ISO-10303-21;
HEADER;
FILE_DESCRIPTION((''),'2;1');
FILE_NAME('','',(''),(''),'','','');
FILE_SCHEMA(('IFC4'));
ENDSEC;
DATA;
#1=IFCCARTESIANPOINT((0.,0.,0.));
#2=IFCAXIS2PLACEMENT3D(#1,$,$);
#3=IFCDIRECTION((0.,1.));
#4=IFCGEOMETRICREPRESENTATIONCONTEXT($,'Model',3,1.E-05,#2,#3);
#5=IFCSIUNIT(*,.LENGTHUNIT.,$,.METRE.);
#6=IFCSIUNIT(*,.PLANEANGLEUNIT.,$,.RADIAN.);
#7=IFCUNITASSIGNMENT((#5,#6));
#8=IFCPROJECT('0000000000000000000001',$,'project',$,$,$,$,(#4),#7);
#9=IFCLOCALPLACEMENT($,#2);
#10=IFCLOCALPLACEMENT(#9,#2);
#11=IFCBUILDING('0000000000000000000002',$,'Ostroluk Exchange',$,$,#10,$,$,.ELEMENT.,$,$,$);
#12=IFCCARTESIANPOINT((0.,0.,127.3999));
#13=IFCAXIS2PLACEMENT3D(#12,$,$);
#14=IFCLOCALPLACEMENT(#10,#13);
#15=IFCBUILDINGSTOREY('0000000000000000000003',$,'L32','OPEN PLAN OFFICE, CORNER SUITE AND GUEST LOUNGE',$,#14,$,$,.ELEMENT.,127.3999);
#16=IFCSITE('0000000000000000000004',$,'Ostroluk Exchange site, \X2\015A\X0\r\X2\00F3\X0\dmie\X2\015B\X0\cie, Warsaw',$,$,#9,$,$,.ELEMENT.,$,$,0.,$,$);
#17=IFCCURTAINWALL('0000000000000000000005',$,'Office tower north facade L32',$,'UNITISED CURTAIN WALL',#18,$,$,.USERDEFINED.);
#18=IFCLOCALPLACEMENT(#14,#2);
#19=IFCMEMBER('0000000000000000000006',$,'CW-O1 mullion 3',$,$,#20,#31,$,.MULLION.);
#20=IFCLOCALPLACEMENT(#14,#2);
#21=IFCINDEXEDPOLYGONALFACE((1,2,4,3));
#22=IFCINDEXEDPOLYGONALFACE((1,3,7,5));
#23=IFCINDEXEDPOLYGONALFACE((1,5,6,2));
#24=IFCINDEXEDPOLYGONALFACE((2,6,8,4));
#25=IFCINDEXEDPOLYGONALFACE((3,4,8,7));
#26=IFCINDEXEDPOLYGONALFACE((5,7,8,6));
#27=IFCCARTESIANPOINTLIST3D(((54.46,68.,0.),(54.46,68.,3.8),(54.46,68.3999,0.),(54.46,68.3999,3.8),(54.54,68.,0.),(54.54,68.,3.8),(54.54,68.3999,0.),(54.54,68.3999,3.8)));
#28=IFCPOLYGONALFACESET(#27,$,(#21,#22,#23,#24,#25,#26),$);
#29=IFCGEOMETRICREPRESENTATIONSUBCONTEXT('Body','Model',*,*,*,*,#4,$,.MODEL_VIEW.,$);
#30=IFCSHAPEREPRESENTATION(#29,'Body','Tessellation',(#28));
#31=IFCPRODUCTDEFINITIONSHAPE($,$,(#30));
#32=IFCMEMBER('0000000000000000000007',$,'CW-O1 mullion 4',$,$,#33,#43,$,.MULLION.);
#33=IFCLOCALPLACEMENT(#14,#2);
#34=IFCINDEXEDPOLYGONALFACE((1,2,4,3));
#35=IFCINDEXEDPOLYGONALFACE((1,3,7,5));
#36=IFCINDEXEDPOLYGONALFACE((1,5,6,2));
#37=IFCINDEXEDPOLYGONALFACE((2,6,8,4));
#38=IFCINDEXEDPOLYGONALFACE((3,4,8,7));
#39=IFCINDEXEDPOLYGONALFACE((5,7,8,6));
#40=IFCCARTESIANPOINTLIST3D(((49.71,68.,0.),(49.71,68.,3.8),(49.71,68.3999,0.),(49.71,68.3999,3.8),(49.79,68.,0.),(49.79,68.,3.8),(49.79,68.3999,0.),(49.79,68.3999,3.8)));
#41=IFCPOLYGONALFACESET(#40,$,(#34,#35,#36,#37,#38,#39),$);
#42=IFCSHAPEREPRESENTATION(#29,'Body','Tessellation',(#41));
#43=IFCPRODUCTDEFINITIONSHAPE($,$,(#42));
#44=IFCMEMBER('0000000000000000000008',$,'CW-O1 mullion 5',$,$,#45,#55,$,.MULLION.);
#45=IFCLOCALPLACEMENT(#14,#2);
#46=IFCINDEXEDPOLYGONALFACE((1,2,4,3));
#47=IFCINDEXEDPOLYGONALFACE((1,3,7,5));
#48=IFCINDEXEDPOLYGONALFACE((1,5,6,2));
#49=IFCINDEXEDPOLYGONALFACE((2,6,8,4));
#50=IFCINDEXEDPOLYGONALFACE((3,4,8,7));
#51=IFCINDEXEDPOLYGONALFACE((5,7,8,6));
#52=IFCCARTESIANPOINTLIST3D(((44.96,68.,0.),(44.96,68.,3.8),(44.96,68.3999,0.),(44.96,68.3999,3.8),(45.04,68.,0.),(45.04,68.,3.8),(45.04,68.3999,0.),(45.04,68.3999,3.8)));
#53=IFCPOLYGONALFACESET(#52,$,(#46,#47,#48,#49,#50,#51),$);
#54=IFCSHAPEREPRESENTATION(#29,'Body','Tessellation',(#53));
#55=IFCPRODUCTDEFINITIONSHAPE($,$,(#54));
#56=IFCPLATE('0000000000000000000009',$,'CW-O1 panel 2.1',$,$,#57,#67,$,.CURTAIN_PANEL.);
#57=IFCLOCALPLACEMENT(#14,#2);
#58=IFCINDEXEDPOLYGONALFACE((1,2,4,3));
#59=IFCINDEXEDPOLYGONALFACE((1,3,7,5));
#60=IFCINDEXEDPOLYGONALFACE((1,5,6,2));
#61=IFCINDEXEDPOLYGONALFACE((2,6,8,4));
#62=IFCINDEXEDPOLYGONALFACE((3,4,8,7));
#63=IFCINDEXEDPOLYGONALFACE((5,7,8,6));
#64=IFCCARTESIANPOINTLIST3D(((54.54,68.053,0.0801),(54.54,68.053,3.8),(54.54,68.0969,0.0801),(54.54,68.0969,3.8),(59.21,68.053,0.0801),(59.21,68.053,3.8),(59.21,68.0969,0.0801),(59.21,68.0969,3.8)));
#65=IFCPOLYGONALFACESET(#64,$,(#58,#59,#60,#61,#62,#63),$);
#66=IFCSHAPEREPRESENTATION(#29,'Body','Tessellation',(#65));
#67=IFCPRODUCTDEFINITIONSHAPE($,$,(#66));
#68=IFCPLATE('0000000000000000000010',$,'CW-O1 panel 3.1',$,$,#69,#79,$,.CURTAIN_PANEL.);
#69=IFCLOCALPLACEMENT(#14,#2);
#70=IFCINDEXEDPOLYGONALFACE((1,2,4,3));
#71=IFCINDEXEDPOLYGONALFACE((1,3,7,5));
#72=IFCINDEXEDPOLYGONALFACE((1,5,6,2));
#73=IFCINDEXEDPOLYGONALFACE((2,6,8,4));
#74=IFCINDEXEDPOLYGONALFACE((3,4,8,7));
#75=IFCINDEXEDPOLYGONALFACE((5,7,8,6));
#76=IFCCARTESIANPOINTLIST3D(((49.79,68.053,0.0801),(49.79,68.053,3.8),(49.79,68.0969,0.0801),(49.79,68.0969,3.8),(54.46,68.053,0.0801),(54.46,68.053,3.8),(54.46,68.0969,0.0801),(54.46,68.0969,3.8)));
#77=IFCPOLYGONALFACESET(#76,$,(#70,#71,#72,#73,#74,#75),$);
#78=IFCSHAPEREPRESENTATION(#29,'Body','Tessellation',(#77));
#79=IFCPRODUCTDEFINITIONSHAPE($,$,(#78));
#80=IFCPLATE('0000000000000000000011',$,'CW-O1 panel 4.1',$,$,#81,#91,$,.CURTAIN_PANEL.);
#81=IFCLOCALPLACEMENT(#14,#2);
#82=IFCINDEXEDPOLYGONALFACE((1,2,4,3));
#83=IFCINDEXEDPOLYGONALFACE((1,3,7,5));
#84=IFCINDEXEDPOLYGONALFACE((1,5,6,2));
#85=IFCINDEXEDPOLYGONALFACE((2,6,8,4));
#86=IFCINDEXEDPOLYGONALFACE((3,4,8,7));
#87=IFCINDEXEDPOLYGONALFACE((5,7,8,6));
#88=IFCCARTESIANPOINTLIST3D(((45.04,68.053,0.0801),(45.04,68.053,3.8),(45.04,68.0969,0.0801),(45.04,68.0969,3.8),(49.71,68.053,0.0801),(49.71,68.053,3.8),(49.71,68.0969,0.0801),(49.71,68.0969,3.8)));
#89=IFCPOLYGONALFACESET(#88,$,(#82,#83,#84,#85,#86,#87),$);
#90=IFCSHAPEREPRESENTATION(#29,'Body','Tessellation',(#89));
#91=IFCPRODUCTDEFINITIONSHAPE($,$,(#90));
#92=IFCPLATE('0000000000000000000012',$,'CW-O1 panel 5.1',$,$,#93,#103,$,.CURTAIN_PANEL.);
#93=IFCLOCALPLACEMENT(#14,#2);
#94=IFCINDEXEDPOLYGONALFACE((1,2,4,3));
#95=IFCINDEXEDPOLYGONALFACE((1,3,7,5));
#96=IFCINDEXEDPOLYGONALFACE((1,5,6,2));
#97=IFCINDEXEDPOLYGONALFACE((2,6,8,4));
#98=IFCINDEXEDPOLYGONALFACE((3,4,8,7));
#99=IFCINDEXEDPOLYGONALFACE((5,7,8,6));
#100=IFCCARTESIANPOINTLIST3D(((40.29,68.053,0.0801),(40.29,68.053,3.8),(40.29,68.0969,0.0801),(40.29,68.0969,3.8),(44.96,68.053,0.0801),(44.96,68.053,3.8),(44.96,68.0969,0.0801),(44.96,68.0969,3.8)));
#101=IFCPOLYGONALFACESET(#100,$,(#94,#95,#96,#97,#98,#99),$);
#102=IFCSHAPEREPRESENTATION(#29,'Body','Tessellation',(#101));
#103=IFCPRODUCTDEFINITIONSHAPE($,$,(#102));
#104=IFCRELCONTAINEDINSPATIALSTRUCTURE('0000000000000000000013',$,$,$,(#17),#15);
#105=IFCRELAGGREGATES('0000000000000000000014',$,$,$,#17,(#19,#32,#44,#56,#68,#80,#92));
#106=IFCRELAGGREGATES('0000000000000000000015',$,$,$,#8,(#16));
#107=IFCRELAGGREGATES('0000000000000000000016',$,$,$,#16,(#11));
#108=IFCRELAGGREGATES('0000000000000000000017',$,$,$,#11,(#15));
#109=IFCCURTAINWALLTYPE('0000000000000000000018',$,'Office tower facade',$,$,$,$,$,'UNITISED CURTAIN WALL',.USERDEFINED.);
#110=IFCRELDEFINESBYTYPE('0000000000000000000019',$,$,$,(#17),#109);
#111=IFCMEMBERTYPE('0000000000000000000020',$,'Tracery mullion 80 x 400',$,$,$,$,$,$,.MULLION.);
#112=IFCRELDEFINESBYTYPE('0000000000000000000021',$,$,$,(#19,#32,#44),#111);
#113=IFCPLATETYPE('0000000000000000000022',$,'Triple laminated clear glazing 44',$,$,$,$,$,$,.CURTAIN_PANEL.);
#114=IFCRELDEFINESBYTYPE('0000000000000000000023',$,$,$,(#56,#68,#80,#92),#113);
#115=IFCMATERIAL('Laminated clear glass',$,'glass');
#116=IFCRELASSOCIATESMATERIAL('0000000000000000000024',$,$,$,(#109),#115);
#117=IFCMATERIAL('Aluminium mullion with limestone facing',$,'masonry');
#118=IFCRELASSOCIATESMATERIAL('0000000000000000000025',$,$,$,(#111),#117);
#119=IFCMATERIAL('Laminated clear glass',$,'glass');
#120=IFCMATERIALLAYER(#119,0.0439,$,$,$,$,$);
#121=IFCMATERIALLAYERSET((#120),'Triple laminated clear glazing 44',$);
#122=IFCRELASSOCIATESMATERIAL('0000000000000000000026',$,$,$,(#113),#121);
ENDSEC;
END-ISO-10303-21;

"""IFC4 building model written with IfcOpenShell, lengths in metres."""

from ifc_helpers import new_model, si_unit, direction, frame, origin, origin_2d, place, context, subcontext, project, spatial, rectangle, extrude, material, layer, layer_set, material_profile, profile_set, type_object, element, aggregate, save


model = new_model("IFC4")

# Units and contexts
model_context = context("Model", 3, precision=1e-05, world=origin(), true_north=direction((0.0, 1.0)))
body_context = subcontext(model_context, "Body", "Model", "MODEL_VIEW")
ifc_project = project(units=[si_unit("LENGTHUNIT", "METRE"), si_unit("PLANEANGLEUNIT", "RADIAN")], contexts=[model_context])

# Site, building, storey
site_placement = place(None, origin())
site = spatial("IfcSite", under=ifc_project, at=site_placement, Name="Ostroluk Exchange site, Śródmieście, Warsaw", CompositionType="ELEMENT", RefElevation=0.0)
building_placement = place(site_placement, origin())
building = spatial("IfcBuilding", under=site, at=building_placement, Name="Ostroluk Exchange", CompositionType="ELEMENT")
storey_placement = place(building_placement, frame((0.0, 0.0, 127.3999)))
storey = spatial("IfcBuildingStorey", under=building, at=storey_placement, Name="L32", Description="OPEN PLAN OFFICE, CORNER SUITE AND GUEST LOUNGE", CompositionType="ELEMENT", Elevation=127.3999)

# Curtain wall, members, plates
ifc_material_1 = material(Name="Laminated clear glass", Category="glass")
curtain_wall_type = type_object("IfcCurtainWallType", Name="Office tower facade", ElementType="UNITISED CURTAIN WALL", PredefinedType="USERDEFINED", material=ifc_material_1)
curtain_wall_placement = place(storey_placement, origin())
curtain_wall = element("IfcCurtainWall", 1, at=curtain_wall_placement, inside=storey, type_object=curtain_wall_type, Name="Office tower north facade L32", ObjectType="UNITISED CURTAIN WALL", PredefinedType="USERDEFINED")
ifc_material_2 = material(Name="Aluminium mullion with limestone facing", Category="masonry")
ifc_material_profile_1 = material_profile(ifc_material_2, rectangle(XDim=0.3999, YDim=0.0801, at=origin_2d()), Name="Tracery mullion 80 x 400")
ifc_profile_set_1 = profile_set([ifc_material_profile_1], Name="Aluminium mullion with limestone facing")
member_type_1 = type_object("IfcMemberType", Name="Tracery mullion 80 x 400", PredefinedType="MULLION", material=ifc_profile_set_1)
member_1_placement = place(storey_placement, frame((54.5, 68.2, 0.0), z_axis=(0.0, 0.0, 1.0), x_axis=(0.0, -1.0, 0.0)))
member_1 = element("IfcMember", 2, at=member_1_placement, type_object=member_type_1, Name="CW-O1 mullion 3", PredefinedType="MULLION", context=body_context, shape_type="SweptSolid", body=[
    extrude(rectangle(XDim=0.3999, YDim=0.0801, at=origin_2d()), origin(), (0.0, 0.0, 1.0), 3.8),
])
member_2_placement = place(storey_placement, frame((49.75, 68.2, 0.0), z_axis=(0.0, 0.0, 1.0), x_axis=(0.0, -1.0, 0.0)))
member_2 = element("IfcMember", 3, at=member_2_placement, type_object=member_type_1, Name="CW-O1 mullion 4", PredefinedType="MULLION", context=body_context, shape_type="SweptSolid", body=[
    extrude(rectangle(XDim=0.3999, YDim=0.0801, at=origin_2d()), origin(), (0.0, 0.0, 1.0), 3.8),
])
member_3_placement = place(storey_placement, frame((45.0, 68.2, 0.0), z_axis=(0.0, 0.0, 1.0), x_axis=(0.0, -1.0, 0.0)))
member_3 = element("IfcMember", 4, at=member_3_placement, type_object=member_type_1, Name="CW-O1 mullion 5", PredefinedType="MULLION", context=body_context, shape_type="SweptSolid", body=[
    extrude(rectangle(XDim=0.3999, YDim=0.0801, at=origin_2d()), origin(), (0.0, 0.0, 1.0), 3.8),
])
ifc_material_3 = material(Name="Laminated clear glass", Category="glass")
ifc_layer = layer(ifc_material_3, 0.0439)
ifc_layer_set = layer_set([ifc_layer], Name="Triple laminated clear glazing 44")
plate_type = type_object("IfcPlateType", Name="Triple laminated clear glazing 44", PredefinedType="CURTAIN_PANEL", material=ifc_layer_set)
plate_1_placement = place(storey_placement, frame((56.875, 68.075, 0.0801), z_axis=(0.0, 0.0, 1.0), x_axis=(-1.0, 0.0, 0.0)))
plate_1 = element("IfcPlate", 5, at=plate_1_placement, type_object=plate_type, Name="CW-O1 panel 2.1", PredefinedType="CURTAIN_PANEL", context=body_context, shape_type="SweptSolid", body=[
    extrude(rectangle(XDim=4.6699, YDim=0.0439, at=origin_2d()), origin(), (0.0, 0.0, 1.0), 3.72),
])
plate_2_placement = place(storey_placement, frame((52.125, 68.075, 0.0801), z_axis=(0.0, 0.0, 1.0), x_axis=(-1.0, 0.0, 0.0)))
plate_2 = element("IfcPlate", 6, at=plate_2_placement, type_object=plate_type, Name="CW-O1 panel 3.1", PredefinedType="CURTAIN_PANEL", context=body_context, shape_type="SweptSolid", body=[
    extrude(rectangle(XDim=4.6699, YDim=0.0439, at=origin_2d()), origin(), (0.0, 0.0, 1.0), 3.72),
])
plate_3_placement = place(storey_placement, frame((47.375, 68.075, 0.0801), z_axis=(0.0, 0.0, 1.0), x_axis=(-1.0, 0.0, 0.0)))
plate_3 = element("IfcPlate", 7, at=plate_3_placement, type_object=plate_type, Name="CW-O1 panel 4.1", PredefinedType="CURTAIN_PANEL", context=body_context, shape_type="SweptSolid", body=[
    extrude(rectangle(XDim=4.6699, YDim=0.0439, at=origin_2d()), origin(), (0.0, 0.0, 1.0), 3.72),
])
plate_4_placement = place(storey_placement, frame((42.625, 68.075, 0.0801), z_axis=(0.0, 0.0, 1.0), x_axis=(-1.0, 0.0, 0.0)))
plate_4 = element("IfcPlate", 8, at=plate_4_placement, type_object=plate_type, Name="CW-O1 panel 5.1", PredefinedType="CURTAIN_PANEL", context=body_context, shape_type="SweptSolid", body=[
    extrude(rectangle(XDim=4.6699, YDim=0.0439, at=origin_2d()), origin(), (0.0, 0.0, 1.0), 3.72),
])
aggregate(curtain_wall, [member_1, member_2, member_3, plate_1, plate_2, plate_3, plate_4])

save(model, "model.ifc")
